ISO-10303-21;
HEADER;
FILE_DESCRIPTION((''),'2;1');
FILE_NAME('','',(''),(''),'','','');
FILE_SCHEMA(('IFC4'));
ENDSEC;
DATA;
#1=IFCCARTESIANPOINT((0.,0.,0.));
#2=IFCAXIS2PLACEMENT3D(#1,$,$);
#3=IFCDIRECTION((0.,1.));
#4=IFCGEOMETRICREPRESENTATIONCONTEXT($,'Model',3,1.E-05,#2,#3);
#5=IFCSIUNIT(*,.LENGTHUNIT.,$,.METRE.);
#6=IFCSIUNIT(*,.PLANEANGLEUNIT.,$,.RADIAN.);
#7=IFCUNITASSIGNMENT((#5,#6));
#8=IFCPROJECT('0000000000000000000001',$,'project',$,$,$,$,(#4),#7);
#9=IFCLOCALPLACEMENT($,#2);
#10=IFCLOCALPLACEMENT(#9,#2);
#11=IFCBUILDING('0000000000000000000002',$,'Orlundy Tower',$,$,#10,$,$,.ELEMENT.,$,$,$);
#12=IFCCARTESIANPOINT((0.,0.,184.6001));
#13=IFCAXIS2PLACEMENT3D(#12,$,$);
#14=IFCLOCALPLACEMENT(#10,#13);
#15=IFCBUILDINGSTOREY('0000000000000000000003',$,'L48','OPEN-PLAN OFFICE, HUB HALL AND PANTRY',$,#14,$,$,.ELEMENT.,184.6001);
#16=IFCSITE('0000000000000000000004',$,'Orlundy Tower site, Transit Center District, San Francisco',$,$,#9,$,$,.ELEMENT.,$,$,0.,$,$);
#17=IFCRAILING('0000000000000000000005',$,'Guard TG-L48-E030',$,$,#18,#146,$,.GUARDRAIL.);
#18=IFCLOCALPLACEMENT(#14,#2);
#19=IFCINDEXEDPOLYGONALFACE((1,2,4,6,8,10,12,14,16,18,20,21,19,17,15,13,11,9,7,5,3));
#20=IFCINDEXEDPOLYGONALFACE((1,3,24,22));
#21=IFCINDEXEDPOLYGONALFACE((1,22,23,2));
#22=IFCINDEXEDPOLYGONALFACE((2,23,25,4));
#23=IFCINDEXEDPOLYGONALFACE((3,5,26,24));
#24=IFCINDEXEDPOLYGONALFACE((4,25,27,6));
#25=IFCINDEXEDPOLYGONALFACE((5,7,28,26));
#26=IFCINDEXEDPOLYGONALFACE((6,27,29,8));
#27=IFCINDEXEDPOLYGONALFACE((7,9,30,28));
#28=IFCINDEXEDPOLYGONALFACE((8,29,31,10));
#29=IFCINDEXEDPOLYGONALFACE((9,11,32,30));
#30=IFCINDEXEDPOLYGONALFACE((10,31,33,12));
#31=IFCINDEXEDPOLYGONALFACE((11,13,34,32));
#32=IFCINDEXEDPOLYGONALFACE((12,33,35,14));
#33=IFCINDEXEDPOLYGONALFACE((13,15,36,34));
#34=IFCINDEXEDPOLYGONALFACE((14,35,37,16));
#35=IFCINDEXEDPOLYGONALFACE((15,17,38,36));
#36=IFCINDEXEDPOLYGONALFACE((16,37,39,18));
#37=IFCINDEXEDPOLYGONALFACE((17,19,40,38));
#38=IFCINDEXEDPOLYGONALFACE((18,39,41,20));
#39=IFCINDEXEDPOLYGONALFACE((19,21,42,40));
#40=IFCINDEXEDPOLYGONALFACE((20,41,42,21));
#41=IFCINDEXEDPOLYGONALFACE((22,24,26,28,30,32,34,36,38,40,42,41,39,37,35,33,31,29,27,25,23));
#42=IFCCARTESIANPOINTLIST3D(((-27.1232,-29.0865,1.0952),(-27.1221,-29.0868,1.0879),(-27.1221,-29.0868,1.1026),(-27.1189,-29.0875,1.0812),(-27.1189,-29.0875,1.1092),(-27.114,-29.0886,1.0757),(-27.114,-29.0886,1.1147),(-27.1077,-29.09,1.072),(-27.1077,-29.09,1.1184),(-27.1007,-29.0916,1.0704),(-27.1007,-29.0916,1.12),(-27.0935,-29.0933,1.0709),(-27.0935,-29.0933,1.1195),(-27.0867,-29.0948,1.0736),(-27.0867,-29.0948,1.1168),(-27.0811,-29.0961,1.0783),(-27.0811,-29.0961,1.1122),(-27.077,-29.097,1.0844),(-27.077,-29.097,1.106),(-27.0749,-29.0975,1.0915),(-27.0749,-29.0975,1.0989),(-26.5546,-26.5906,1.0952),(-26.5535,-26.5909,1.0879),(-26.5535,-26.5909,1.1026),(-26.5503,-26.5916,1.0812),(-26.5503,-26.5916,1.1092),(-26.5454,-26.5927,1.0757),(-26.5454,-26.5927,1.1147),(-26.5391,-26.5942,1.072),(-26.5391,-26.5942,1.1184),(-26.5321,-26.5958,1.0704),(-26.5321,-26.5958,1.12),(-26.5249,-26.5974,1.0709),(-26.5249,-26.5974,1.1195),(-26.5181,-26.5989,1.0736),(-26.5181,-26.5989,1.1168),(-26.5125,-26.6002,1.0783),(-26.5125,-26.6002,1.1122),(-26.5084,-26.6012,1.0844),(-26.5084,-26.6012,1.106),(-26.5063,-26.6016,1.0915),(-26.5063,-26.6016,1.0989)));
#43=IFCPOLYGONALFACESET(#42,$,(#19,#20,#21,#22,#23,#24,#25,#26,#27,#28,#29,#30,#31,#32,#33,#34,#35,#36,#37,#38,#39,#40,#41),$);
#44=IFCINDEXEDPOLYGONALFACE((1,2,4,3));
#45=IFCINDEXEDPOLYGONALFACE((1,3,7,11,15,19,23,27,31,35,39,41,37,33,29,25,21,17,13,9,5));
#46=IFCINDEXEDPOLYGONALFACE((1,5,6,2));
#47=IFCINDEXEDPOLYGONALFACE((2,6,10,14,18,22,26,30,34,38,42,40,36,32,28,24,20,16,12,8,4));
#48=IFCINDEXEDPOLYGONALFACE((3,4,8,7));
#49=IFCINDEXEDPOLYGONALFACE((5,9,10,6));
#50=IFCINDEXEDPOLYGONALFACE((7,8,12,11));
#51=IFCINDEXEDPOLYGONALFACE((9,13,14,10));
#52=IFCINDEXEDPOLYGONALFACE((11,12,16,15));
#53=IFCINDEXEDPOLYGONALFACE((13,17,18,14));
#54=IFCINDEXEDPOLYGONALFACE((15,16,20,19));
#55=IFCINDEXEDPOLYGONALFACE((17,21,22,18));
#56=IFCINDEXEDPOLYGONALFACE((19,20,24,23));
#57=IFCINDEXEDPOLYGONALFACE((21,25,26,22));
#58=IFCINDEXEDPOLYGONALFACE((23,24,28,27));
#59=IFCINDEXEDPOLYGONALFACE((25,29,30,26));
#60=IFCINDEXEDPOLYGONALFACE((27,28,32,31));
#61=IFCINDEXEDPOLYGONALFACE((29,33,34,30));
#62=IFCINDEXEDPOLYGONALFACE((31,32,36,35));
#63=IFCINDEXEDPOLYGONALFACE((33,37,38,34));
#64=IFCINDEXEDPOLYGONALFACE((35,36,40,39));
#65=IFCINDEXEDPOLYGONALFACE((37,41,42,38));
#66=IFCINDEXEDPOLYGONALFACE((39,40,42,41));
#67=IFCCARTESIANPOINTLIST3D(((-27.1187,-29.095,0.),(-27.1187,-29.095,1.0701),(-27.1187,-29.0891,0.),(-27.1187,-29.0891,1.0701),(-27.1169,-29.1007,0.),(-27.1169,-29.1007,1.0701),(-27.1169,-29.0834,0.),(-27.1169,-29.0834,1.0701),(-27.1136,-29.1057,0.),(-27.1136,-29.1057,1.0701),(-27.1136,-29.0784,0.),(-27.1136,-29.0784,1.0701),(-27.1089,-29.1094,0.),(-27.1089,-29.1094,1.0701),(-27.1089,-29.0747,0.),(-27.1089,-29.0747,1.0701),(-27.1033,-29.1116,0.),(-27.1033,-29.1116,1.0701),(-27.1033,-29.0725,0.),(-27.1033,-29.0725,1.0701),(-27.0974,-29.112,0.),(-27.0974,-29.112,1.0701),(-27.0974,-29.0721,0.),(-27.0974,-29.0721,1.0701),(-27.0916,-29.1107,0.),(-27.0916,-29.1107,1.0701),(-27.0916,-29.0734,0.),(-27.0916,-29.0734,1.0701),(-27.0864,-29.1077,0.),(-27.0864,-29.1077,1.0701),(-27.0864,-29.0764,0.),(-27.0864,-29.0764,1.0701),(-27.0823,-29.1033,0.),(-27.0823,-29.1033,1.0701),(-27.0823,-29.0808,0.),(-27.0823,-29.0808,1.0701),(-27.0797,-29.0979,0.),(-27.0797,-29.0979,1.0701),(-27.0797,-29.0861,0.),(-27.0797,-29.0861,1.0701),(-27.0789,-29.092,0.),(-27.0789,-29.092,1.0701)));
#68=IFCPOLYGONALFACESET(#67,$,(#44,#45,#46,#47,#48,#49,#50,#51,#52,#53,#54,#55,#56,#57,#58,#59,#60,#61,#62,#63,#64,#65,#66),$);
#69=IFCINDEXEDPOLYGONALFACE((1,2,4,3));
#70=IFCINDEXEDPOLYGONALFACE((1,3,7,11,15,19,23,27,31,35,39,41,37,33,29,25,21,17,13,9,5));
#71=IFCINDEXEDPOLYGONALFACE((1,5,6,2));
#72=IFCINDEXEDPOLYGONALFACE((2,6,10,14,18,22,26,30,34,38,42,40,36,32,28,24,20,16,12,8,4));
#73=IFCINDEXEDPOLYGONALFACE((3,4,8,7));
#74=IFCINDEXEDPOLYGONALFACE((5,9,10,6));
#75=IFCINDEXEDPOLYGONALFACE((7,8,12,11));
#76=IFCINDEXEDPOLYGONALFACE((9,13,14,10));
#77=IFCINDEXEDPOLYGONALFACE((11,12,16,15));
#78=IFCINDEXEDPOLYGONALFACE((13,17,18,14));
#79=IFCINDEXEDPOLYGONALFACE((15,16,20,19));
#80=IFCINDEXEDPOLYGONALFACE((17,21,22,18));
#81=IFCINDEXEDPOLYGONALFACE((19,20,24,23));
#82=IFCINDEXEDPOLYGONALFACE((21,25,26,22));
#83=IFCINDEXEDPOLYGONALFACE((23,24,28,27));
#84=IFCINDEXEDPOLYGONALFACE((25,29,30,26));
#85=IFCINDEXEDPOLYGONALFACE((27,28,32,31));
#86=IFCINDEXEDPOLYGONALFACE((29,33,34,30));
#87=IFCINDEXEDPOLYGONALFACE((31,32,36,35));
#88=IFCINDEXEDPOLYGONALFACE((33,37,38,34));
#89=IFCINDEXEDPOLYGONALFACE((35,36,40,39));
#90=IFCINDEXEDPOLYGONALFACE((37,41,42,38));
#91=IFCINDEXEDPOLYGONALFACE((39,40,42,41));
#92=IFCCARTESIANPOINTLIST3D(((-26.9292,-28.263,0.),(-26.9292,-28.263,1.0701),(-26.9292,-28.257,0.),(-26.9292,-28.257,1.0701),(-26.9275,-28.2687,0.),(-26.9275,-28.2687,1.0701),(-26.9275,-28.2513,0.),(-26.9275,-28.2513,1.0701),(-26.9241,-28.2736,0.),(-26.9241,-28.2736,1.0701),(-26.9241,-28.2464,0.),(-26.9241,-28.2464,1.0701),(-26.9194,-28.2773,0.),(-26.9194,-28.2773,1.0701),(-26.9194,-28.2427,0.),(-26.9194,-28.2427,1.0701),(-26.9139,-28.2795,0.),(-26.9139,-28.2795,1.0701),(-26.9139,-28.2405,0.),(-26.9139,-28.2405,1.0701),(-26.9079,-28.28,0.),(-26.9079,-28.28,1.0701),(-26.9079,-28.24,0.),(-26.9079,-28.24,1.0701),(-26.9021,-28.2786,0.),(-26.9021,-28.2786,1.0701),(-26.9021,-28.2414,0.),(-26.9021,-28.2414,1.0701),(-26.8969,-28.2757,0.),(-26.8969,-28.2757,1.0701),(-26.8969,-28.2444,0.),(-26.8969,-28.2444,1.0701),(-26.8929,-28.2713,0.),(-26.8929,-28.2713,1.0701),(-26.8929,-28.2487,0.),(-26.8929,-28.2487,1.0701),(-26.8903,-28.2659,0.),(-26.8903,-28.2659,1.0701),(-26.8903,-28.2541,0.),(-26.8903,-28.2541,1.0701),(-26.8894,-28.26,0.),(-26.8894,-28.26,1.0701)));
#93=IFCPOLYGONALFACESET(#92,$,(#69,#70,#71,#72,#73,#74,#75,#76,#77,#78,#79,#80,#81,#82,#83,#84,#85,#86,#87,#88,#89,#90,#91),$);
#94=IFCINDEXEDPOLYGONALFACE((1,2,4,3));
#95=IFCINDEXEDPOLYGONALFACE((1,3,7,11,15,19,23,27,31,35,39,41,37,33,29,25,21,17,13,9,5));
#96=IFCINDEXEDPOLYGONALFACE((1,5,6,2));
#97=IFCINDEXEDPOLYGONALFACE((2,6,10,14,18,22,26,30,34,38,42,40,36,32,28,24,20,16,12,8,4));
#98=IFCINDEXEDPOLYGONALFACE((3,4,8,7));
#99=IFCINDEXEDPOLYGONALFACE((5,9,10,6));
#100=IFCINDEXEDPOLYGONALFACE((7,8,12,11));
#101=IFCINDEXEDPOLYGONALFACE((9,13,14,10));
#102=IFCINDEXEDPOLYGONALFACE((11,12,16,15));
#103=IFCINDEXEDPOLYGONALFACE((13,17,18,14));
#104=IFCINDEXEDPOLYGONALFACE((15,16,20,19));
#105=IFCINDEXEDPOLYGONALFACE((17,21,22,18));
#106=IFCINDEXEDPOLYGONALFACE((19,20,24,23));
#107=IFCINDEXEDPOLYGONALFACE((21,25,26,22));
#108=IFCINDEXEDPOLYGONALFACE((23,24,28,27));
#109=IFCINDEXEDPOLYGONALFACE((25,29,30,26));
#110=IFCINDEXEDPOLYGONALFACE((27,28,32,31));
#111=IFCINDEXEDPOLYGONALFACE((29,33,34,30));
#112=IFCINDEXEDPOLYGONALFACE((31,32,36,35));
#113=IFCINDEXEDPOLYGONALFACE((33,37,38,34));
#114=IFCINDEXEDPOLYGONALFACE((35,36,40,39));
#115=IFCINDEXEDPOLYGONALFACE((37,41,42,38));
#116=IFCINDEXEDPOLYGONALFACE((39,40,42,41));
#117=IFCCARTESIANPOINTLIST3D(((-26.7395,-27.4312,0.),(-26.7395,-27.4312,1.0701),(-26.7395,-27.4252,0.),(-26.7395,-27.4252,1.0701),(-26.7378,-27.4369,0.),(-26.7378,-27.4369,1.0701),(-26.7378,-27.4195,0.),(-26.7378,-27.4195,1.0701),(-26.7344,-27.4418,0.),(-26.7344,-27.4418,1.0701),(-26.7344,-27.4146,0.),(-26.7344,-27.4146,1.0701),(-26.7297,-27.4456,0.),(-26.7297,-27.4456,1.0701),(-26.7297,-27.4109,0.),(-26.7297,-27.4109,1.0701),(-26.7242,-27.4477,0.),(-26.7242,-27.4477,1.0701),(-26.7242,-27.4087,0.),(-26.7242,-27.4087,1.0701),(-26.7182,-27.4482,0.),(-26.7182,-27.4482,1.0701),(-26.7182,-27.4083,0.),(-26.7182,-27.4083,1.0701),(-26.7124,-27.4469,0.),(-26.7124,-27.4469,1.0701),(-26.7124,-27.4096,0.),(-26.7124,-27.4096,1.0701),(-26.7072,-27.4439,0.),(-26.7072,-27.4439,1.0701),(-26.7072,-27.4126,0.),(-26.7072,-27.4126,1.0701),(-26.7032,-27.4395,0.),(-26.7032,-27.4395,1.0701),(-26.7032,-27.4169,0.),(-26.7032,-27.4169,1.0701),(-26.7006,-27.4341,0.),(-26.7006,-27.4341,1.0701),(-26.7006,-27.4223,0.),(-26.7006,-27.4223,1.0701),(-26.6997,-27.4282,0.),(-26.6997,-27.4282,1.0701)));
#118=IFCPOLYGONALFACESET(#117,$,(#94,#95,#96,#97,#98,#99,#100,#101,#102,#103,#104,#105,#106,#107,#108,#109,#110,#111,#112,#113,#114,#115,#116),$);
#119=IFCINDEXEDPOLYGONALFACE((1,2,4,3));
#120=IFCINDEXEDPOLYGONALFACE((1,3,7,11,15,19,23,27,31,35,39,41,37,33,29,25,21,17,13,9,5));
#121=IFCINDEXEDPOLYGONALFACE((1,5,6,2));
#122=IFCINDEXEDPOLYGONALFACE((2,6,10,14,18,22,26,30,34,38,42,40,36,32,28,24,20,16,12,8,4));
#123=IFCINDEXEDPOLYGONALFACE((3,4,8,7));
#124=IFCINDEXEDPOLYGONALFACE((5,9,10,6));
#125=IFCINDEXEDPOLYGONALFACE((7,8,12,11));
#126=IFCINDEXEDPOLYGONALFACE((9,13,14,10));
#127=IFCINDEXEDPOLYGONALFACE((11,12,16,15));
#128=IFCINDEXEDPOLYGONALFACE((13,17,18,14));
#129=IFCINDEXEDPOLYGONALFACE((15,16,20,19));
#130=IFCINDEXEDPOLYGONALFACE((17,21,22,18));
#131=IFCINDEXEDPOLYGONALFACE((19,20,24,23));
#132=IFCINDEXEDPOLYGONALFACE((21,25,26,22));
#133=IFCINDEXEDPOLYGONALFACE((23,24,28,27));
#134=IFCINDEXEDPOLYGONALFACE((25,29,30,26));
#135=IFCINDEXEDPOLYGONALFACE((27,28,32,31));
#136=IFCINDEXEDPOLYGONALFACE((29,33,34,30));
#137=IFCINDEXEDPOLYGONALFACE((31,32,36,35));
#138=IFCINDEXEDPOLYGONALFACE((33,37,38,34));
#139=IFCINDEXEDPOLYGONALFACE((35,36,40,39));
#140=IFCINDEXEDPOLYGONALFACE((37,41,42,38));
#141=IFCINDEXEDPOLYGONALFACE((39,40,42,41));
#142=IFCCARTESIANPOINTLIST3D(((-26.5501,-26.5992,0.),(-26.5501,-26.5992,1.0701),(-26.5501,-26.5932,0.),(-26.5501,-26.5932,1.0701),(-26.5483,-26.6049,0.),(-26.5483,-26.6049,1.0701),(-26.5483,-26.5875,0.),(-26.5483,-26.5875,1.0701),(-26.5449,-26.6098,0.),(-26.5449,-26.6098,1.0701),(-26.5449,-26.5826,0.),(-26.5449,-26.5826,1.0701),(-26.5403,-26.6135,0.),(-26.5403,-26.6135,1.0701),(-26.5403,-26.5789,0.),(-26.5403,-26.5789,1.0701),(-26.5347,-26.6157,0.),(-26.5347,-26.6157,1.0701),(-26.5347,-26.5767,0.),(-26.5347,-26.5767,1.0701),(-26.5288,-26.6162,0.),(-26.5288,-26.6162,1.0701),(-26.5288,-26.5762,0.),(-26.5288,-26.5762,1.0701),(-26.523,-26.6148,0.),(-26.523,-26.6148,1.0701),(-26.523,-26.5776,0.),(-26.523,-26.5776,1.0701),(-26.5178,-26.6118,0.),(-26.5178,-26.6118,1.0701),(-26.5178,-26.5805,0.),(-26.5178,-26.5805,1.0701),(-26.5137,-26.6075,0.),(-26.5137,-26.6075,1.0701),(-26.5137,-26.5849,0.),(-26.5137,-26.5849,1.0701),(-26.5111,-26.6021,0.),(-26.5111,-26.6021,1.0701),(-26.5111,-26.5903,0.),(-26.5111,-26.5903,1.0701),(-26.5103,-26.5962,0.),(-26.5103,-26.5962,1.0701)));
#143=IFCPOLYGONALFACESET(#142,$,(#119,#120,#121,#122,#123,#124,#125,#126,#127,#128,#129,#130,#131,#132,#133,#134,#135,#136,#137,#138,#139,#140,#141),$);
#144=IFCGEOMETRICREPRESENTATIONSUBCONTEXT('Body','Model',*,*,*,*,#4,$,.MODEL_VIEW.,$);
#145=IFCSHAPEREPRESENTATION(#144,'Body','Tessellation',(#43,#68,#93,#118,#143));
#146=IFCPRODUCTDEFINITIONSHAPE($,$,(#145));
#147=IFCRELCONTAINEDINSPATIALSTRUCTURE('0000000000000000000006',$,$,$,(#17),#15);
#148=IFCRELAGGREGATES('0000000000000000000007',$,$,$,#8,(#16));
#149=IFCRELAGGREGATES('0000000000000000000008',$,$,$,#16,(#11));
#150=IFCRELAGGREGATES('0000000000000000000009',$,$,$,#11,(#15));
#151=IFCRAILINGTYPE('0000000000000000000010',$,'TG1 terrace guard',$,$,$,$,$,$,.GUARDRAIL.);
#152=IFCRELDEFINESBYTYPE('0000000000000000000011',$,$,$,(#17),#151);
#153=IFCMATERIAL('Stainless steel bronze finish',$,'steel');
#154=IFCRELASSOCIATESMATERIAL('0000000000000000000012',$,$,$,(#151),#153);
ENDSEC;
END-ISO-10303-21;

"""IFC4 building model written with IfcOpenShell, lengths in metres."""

from ifc_helpers import new_model, si_unit, direction, frame, origin, origin_2d, place, context, subcontext, project, spatial, circle, extrude, material, type_object, element, save


model = new_model("IFC4")

# Units and contexts
model_context = context("Model", 3, precision=1e-05, world=origin(), true_north=direction((0.0, 1.0)))
body_context = subcontext(model_context, "Body", "Model", "MODEL_VIEW")
ifc_project = project(units=[si_unit("LENGTHUNIT", "METRE"), si_unit("PLANEANGLEUNIT", "RADIAN")], contexts=[model_context])

# Site, building, storey
site_placement = place(None, origin())
site = spatial("IfcSite", under=ifc_project, at=site_placement, Name="Orlundy Tower site, Transit Center District, San Francisco", CompositionType="ELEMENT", RefElevation=0.0)
building_placement = place(site_placement, origin())
building = spatial("IfcBuilding", under=site, at=building_placement, Name="Orlundy Tower", CompositionType="ELEMENT")
storey_placement = place(building_placement, frame((0.0, 0.0, 184.6001)))
storey = spatial("IfcBuildingStorey", under=building, at=storey_placement, Name="L48", Description="OPEN-PLAN OFFICE, HUB HALL AND PANTRY", CompositionType="ELEMENT", Elevation=184.6001)

# Railing
ifc_material_1 = material(Name="Stainless steel bronze finish", Category="steel")
railing_type = type_object("IfcRailingType", Name="TG1 terrace guard", PredefinedType="GUARDRAIL", material=ifc_material_1)
railing_1_placement = place(storey_placement, frame((-27.0989, -29.092, 0.0)))
element("IfcRailing", 1, at=railing_1_placement, inside=storey, type_object=railing_type, Name="Guard TG-L48-E030", PredefinedType="GUARDRAIL", context=body_context, shape_type="SweptSolid", body=[
    extrude(circle(Radius=0.0249, at=origin_2d()), frame((0.0, 0.0, 1.0952), z_axis=(0.222128, 0.975017, 0.0), x_axis=(-0.975017, 0.222128, 0.0)), (0.0, 0.0, 1.0), 2.5598),
    extrude(circle(Radius=0.02, at=origin_2d()), origin(), (0.0, 0.0, 1.0), 1.0701),
    extrude(circle(Radius=0.02, at=origin_2d()), frame((0.1895, 0.832, 0.0)), (0.0, 0.0, 1.0), 1.0701),
    extrude(circle(Radius=0.02, at=origin_2d()), frame((0.3792, 1.6638, 0.0)), (0.0, 0.0, 1.0), 1.0701),
    extrude(circle(Radius=0.02, at=origin_2d()), frame((0.5686, 2.4958, 0.0)), (0.0, 0.0, 1.0), 1.0701),
])

save(model, "model.ifc")
